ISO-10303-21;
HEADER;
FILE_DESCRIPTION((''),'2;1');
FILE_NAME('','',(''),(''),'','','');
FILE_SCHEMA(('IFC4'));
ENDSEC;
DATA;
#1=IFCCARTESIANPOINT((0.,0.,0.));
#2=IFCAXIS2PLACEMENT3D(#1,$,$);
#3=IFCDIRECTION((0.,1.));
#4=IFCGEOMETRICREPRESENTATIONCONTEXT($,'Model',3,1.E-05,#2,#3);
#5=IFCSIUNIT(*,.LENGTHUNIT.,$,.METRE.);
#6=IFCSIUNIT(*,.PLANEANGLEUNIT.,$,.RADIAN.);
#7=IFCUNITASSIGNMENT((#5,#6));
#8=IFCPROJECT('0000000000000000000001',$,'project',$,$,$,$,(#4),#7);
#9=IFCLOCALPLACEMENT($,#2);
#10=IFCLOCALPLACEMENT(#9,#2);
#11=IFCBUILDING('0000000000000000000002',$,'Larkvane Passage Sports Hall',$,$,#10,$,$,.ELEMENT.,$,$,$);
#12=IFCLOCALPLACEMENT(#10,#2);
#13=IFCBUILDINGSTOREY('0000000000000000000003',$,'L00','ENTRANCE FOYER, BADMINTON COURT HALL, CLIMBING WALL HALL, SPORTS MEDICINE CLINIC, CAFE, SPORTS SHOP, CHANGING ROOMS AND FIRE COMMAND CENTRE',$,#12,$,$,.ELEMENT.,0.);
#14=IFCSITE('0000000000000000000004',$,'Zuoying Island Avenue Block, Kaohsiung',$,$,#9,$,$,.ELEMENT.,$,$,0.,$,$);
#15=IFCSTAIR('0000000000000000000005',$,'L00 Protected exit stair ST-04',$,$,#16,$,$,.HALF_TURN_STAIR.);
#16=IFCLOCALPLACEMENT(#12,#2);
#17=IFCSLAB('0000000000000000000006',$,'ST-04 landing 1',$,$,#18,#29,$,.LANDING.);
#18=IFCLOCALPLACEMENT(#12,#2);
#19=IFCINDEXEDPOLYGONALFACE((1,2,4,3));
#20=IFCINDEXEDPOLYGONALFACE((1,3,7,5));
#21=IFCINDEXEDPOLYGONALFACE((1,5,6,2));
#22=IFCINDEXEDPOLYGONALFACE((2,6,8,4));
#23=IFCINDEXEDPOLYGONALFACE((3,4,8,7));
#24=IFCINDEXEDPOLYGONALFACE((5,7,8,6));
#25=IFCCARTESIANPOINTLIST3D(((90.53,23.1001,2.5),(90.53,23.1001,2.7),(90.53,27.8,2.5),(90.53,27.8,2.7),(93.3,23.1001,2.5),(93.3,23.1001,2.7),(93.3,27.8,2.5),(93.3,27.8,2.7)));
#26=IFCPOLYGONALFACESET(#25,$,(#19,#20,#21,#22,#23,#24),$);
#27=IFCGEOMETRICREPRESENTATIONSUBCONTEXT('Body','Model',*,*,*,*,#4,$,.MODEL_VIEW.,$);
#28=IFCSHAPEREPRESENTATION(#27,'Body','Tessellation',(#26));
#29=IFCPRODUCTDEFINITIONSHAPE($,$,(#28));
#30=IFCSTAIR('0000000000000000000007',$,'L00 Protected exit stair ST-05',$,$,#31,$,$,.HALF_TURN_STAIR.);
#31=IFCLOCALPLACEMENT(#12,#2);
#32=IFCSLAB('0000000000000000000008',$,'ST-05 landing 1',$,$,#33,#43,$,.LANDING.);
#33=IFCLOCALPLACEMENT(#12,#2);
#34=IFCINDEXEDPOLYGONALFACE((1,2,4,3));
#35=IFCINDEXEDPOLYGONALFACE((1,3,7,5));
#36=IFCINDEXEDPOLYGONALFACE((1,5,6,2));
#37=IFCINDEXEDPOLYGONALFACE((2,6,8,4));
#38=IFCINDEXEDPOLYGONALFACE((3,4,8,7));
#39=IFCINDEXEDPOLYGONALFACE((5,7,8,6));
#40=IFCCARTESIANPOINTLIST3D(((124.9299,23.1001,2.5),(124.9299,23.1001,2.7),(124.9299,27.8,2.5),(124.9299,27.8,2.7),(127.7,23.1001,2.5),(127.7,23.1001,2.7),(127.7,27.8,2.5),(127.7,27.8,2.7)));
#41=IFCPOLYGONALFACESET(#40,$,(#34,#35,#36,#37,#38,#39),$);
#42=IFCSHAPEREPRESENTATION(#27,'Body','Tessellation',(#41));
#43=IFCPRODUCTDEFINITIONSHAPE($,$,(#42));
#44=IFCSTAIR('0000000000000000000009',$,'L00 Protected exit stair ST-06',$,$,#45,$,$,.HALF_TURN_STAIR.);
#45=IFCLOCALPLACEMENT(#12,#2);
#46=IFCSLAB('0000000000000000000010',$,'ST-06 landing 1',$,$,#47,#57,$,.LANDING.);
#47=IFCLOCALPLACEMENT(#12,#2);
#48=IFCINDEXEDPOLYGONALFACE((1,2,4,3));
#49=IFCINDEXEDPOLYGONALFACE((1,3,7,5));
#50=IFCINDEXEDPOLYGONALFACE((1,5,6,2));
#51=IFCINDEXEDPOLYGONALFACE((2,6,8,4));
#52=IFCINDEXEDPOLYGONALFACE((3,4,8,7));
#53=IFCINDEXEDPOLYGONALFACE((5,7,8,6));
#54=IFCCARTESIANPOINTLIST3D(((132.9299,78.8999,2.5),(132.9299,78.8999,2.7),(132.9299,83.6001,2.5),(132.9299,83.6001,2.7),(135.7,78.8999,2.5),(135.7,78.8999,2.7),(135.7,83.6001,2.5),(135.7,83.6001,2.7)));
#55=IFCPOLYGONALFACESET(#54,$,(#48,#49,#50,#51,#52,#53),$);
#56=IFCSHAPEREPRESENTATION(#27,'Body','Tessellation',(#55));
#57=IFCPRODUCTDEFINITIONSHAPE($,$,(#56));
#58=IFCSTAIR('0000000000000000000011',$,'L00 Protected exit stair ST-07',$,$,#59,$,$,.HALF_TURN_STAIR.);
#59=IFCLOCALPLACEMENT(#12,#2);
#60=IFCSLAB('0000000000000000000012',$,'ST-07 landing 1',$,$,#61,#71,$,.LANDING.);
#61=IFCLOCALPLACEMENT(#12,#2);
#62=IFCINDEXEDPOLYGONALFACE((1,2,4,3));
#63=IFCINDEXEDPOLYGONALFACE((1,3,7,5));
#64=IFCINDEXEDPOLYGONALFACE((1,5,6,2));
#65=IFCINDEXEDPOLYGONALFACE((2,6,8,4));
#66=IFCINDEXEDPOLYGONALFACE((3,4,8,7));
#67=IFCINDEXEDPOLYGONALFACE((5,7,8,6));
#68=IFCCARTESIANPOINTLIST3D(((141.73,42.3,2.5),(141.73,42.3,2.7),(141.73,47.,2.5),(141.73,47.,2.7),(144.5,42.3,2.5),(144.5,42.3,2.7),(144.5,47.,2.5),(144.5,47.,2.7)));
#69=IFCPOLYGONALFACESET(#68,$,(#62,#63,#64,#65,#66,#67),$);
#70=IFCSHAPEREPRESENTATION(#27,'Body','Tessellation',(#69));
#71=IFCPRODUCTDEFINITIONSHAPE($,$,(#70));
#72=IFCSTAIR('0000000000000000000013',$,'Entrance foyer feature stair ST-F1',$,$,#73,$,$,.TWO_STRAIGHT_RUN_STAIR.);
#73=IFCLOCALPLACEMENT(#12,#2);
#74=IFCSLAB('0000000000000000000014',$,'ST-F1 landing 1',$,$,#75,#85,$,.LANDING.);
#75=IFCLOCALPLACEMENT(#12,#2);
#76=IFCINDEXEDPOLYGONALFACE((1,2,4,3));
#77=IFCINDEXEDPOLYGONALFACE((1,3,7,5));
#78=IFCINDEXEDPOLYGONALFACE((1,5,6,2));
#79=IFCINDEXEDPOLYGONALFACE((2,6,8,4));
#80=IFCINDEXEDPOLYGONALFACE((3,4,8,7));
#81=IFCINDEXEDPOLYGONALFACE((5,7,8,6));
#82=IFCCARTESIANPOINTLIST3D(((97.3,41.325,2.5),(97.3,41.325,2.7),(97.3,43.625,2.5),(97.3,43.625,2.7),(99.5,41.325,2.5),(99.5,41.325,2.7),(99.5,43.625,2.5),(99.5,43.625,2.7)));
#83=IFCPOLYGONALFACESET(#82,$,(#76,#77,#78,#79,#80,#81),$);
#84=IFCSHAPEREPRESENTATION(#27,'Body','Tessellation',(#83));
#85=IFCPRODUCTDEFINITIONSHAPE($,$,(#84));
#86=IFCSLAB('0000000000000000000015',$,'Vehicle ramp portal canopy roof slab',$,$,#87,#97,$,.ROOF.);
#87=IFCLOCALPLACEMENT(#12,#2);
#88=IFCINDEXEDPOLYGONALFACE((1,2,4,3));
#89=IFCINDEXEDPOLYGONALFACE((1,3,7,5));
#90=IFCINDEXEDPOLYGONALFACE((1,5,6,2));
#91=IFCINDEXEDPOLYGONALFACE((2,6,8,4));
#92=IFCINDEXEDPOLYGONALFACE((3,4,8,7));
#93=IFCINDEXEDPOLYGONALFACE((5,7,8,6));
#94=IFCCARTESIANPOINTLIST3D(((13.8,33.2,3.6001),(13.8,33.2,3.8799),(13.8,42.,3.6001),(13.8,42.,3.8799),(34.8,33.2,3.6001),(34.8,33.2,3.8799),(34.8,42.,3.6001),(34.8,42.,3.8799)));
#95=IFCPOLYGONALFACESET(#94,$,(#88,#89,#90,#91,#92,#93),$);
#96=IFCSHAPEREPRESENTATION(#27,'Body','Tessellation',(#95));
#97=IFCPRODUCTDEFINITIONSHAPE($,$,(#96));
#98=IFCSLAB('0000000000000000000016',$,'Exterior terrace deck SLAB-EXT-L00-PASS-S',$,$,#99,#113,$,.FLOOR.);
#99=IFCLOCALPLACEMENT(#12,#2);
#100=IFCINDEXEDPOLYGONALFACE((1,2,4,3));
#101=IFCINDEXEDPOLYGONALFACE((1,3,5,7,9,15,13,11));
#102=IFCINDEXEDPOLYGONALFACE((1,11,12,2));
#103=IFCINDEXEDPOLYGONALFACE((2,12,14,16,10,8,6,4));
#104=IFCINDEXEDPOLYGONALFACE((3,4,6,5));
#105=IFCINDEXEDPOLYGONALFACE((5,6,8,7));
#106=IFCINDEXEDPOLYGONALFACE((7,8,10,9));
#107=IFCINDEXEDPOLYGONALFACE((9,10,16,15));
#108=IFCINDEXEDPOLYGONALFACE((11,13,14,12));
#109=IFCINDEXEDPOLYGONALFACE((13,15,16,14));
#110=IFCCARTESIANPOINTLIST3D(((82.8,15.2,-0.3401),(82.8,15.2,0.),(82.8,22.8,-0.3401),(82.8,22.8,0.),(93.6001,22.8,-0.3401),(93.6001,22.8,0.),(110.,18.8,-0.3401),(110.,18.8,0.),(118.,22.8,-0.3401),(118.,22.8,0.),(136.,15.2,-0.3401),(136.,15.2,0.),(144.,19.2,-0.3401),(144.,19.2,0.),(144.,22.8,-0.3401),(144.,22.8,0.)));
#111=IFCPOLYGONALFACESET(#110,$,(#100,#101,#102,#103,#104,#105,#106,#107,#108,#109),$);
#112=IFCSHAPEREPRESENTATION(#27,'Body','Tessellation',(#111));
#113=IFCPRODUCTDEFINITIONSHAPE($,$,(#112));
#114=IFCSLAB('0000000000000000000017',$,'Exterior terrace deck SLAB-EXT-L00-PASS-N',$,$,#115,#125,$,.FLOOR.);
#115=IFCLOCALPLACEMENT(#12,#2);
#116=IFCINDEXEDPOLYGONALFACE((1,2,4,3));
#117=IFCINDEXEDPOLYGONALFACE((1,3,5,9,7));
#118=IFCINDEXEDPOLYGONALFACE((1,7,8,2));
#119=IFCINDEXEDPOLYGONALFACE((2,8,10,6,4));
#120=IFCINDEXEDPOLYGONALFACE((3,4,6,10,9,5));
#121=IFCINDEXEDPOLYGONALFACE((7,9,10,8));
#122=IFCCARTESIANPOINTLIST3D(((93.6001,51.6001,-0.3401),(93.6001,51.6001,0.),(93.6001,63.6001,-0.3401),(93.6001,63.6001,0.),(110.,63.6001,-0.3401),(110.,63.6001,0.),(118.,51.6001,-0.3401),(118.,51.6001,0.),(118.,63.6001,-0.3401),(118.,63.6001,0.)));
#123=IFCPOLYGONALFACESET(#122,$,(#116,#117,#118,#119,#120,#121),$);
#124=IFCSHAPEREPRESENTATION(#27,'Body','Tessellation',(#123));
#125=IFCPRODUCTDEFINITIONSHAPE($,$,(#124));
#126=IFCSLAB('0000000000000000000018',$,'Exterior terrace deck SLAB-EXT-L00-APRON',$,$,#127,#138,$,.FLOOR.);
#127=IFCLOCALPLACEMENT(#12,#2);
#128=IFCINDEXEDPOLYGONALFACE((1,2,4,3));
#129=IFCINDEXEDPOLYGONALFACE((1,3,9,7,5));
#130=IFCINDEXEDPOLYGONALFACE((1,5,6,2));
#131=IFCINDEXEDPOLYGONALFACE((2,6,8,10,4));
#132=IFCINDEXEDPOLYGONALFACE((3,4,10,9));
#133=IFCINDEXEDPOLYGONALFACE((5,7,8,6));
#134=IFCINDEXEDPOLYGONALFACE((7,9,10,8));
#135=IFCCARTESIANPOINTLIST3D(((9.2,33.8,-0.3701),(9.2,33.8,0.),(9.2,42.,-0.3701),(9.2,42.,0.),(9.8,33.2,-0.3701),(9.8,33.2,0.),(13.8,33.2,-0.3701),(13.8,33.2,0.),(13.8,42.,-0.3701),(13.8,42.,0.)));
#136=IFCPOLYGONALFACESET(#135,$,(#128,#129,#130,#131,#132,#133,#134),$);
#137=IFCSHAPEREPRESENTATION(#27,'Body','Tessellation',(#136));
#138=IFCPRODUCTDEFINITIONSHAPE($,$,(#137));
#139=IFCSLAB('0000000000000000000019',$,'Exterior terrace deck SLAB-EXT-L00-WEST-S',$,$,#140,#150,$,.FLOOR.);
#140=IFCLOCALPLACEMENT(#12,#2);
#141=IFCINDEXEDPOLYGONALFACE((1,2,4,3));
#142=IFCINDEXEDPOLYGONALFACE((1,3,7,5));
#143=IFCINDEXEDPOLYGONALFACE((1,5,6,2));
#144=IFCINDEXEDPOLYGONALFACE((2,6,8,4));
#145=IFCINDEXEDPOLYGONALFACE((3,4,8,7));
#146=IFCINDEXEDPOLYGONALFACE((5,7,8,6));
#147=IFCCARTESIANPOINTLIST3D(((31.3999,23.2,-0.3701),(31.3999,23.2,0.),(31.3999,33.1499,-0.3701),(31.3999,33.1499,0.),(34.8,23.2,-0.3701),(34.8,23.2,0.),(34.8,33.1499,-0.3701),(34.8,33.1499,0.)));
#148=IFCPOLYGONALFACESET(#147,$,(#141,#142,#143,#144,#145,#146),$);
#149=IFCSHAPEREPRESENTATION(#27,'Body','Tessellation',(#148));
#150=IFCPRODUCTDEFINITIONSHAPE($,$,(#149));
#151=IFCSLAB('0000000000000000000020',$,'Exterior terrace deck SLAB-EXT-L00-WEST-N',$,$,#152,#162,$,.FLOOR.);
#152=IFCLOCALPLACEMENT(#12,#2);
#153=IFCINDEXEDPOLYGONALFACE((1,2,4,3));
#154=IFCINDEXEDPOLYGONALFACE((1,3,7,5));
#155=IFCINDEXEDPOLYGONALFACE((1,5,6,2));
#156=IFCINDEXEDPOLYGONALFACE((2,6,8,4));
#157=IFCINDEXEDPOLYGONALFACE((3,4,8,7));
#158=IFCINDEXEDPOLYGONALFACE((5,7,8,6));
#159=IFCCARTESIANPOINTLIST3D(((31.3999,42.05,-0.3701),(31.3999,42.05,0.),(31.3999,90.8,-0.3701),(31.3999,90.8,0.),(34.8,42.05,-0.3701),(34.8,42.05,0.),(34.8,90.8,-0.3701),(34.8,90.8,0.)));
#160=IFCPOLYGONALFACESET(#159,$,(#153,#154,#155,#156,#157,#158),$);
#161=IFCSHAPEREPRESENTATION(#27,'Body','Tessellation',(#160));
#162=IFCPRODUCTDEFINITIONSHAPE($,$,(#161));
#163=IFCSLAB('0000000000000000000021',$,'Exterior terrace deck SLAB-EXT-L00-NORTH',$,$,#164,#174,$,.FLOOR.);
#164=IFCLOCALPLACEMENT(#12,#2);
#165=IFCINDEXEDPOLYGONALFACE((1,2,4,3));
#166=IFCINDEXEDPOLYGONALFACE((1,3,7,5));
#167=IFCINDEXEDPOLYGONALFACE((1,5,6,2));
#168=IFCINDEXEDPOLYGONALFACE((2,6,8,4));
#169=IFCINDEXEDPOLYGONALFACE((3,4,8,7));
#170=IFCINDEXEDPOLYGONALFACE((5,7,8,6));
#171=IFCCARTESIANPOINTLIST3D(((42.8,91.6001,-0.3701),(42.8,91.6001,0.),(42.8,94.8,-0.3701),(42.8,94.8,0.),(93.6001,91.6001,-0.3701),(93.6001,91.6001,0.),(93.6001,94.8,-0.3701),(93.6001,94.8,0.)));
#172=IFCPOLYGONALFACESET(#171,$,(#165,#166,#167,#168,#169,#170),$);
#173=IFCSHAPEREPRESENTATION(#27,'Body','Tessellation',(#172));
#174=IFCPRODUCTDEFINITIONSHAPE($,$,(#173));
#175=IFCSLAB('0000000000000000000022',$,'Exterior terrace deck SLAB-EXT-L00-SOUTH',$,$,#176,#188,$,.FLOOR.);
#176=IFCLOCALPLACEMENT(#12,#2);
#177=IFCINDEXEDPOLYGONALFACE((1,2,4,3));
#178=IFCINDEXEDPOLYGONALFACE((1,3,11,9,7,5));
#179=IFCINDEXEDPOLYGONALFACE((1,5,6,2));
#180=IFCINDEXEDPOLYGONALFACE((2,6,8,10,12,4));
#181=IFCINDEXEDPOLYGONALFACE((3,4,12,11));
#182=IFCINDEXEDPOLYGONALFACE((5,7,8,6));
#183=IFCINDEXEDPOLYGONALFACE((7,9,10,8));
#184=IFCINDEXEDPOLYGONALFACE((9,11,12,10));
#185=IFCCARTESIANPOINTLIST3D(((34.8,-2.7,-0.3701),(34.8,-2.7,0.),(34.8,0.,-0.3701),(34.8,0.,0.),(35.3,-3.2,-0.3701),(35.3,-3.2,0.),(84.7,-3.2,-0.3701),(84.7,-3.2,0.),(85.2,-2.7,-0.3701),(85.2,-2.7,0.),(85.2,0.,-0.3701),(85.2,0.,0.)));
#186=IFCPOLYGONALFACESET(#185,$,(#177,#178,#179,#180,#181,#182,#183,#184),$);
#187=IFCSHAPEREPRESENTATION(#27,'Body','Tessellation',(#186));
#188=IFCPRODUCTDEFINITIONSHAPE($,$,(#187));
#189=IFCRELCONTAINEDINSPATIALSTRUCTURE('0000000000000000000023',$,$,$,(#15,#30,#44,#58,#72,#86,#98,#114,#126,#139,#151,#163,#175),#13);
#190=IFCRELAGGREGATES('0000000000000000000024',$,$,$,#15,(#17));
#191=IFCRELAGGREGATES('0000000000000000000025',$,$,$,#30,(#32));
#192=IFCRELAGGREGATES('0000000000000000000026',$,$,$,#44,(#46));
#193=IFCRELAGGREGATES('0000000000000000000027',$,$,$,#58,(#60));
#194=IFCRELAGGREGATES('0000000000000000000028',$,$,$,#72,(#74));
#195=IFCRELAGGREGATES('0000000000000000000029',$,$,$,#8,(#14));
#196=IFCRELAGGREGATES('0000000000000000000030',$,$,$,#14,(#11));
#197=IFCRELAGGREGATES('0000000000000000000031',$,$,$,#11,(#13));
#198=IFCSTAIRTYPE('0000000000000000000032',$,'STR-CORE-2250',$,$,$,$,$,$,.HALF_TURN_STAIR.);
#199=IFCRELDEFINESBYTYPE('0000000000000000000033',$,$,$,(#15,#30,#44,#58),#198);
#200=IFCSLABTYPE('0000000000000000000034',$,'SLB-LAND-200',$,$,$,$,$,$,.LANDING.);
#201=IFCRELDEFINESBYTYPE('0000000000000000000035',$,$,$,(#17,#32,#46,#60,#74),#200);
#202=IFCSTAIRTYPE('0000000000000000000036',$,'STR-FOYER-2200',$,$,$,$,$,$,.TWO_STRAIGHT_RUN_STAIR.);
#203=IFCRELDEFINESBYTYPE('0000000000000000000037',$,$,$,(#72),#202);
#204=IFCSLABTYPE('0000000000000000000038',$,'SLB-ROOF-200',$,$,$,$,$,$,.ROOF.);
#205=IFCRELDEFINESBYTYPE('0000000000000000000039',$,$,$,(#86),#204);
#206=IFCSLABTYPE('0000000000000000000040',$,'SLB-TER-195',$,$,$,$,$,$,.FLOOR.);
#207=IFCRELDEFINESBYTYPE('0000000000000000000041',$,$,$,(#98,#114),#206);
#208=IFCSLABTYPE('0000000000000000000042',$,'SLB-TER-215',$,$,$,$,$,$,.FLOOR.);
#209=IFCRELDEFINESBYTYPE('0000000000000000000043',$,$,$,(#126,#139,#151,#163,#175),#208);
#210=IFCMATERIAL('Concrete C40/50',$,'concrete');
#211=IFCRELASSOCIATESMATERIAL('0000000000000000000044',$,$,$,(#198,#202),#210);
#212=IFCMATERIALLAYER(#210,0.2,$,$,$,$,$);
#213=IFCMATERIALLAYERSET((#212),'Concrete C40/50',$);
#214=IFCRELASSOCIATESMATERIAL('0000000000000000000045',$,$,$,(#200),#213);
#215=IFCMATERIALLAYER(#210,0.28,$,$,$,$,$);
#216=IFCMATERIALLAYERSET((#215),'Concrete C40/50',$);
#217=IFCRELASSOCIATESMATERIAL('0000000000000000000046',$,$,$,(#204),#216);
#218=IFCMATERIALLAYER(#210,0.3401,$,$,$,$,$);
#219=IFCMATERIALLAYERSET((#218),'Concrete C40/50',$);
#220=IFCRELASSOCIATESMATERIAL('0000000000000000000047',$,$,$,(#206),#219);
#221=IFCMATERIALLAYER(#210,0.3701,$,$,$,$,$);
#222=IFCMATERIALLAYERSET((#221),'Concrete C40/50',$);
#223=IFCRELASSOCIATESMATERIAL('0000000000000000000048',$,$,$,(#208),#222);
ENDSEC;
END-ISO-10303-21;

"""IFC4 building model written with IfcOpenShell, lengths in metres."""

from ifc_helpers import new_model, si_unit, direction, frame, origin, place, context, subcontext, project, spatial, polyline, outline, extrude, material, layer, layer_set, type_object, element, aggregate, save


model = new_model("IFC4")

# Units and contexts
model_context = context("Model", 3, precision=1e-05, world=origin(), true_north=direction((0.0, 1.0)))
body_context = subcontext(model_context, "Body", "Model", "MODEL_VIEW")
ifc_project = project(units=[si_unit("LENGTHUNIT", "METRE"), si_unit("PLANEANGLEUNIT", "RADIAN")], contexts=[model_context])

# Site, building, storey
site_placement = place(None, origin())
site = spatial("IfcSite", under=ifc_project, at=site_placement, Name="Zuoying Island Avenue Block, Kaohsiung", CompositionType="ELEMENT", RefElevation=0.0)
building_placement = place(site_placement, origin())
building = spatial("IfcBuilding", under=site, at=building_placement, Name="Larkvane Passage Sports Hall", CompositionType="ELEMENT")
storey_placement = place(building_placement, origin())
storey = spatial("IfcBuildingStorey", under=building, at=storey_placement, Name="L00", Description="ENTRANCE FOYER, BADMINTON COURT HALL, CLIMBING WALL HALL, SPORTS MEDICINE CLINIC, CAFE, SPORTS SHOP, CHANGING ROOMS AND FIRE COMMAND CENTRE", CompositionType="ELEMENT", Elevation=0.0)

# Shared definitions
ifc_material_1 = material(Name="Concrete C40/50", Category="concrete")

# Stairs, slabs
stair_type_1 = type_object("IfcStairType", Name="STR-CORE-2250", PredefinedType="HALF_TURN_STAIR", material=ifc_material_1)
ifc_layer_1 = layer(ifc_material_1, 0.2)
ifc_layer_set_1 = layer_set([ifc_layer_1], Name="Concrete C40/50")
slab_type_1 = type_object("IfcSlabType", Name="SLB-LAND-200", PredefinedType="LANDING", material=ifc_layer_set_1)
stair_1_placement = place(storey_placement, origin())
stair_1 = element("IfcStair", 1, at=stair_1_placement, inside=storey, type_object=stair_type_1, Name="L00 Protected exit stair ST-04", PredefinedType="HALF_TURN_STAIR")
slab_1_placement = place(storey_placement, frame((0.0, 0.0, 2.5)))
slab_1 = element("IfcSlab", 2, at=slab_1_placement, type_object=slab_type_1, Name="ST-04 landing 1", PredefinedType="LANDING", context=body_context, shape_type="SweptSolid", body=[
    extrude(outline(polyline([(90.53, 23.1001), (93.3, 23.1001), (93.3, 27.8), (90.53, 27.8), (90.53, 23.1001)])), origin(), (0.0, 0.0, 1.0), 0.2),
])
aggregate(stair_1, [slab_1])
stair_2_placement = place(storey_placement, origin())
stair_2 = element("IfcStair", 3, at=stair_2_placement, inside=storey, type_object=stair_type_1, Name="L00 Protected exit stair ST-05", PredefinedType="HALF_TURN_STAIR")
slab_2_placement = place(storey_placement, frame((0.0, 0.0, 2.5)))
slab_2 = element("IfcSlab", 4, at=slab_2_placement, type_object=slab_type_1, Name="ST-05 landing 1", PredefinedType="LANDING", context=body_context, shape_type="SweptSolid", body=[
    extrude(outline(polyline([(124.9299, 23.1001), (127.7, 23.1001), (127.7, 27.8), (124.9299, 27.8), (124.9299, 23.1001)])), origin(), (0.0, 0.0, 1.0), 0.2),
])
aggregate(stair_2, [slab_2])
stair_3_placement = place(storey_placement, origin())
stair_3 = element("IfcStair", 5, at=stair_3_placement, inside=storey, type_object=stair_type_1, Name="L00 Protected exit stair ST-06", PredefinedType="HALF_TURN_STAIR")
slab_3_placement = place(storey_placement, frame((0.0, 0.0, 2.5)))
slab_3 = element("IfcSlab", 6, at=slab_3_placement, type_object=slab_type_1, Name="ST-06 landing 1", PredefinedType="LANDING", context=body_context, shape_type="SweptSolid", body=[
    extrude(outline(polyline([(132.9299, 78.8999), (135.7, 78.8999), (135.7, 83.6001), (132.9299, 83.6001), (132.9299, 78.8999)])), origin(), (0.0, 0.0, 1.0), 0.2),
])
aggregate(stair_3, [slab_3])
stair_4_placement = place(storey_placement, origin())
stair_4 = element("IfcStair", 7, at=stair_4_placement, inside=storey, type_object=stair_type_1, Name="L00 Protected exit stair ST-07", PredefinedType="HALF_TURN_STAIR")
slab_4_placement = place(storey_placement, frame((0.0, 0.0, 2.5)))
slab_4 = element("IfcSlab", 8, at=slab_4_placement, type_object=slab_type_1, Name="ST-07 landing 1", PredefinedType="LANDING", context=body_context, shape_type="SweptSolid", body=[
    extrude(outline(polyline([(141.73, 42.3), (144.5, 42.3), (144.5, 47.0), (141.73, 47.0), (141.73, 42.3)])), origin(), (0.0, 0.0, 1.0), 0.2),
])
aggregate(stair_4, [slab_4])
stair_type_2 = type_object("IfcStairType", Name="STR-FOYER-2200", PredefinedType="TWO_STRAIGHT_RUN_STAIR", material=ifc_material_1)
stair_5_placement = place(storey_placement, origin())
stair_5 = element("IfcStair", 9, at=stair_5_placement, inside=storey, type_object=stair_type_2, Name="Entrance foyer feature stair ST-F1", PredefinedType="TWO_STRAIGHT_RUN_STAIR")
slab_5_placement = place(storey_placement, frame((0.0, 0.0, 2.5)))
slab_5 = element("IfcSlab", 10, at=slab_5_placement, type_object=slab_type_1, Name="ST-F1 landing 1", PredefinedType="LANDING", context=body_context, shape_type="SweptSolid", body=[
    extrude(outline(polyline([(97.3, 41.325), (99.5, 41.325), (99.5, 43.625), (97.3, 43.625), (97.3, 41.325)])), origin(), (0.0, 0.0, 1.0), 0.2),
])
aggregate(stair_5, [slab_5])

# Slabs
ifc_layer_2 = layer(ifc_material_1, 0.28)
ifc_layer_set_2 = layer_set([ifc_layer_2], Name="Concrete C40/50")
slab_type_2 = type_object("IfcSlabType", Name="SLB-ROOF-200", PredefinedType="ROOF", material=ifc_layer_set_2)
slab_6_placement = place(storey_placement, frame((0.0, 0.0, 3.6001)))
element("IfcSlab", 11, at=slab_6_placement, inside=storey, type_object=slab_type_2, Name="Vehicle ramp portal canopy roof slab", PredefinedType="ROOF", context=body_context, shape_type="SweptSolid", body=[
    extrude(outline(polyline([(13.8, 33.2), (34.8, 33.2), (34.8, 42.0), (13.8, 42.0), (13.8, 33.2)])), origin(), (0.0, 0.0, 1.0), 0.2798),
])
ifc_layer_3 = layer(ifc_material_1, 0.3401)
ifc_layer_set_3 = layer_set([ifc_layer_3], Name="Concrete C40/50")
slab_type_3 = type_object("IfcSlabType", Name="SLB-TER-195", PredefinedType="FLOOR", material=ifc_layer_set_3)
slab_7_placement = place(storey_placement, frame((0.0, 0.0, -0.3401)))
element("IfcSlab", 12, at=slab_7_placement, inside=storey, type_object=slab_type_3, Name="Exterior terrace deck SLAB-EXT-L00-PASS-S", PredefinedType="FLOOR", context=body_context, shape_type="SweptSolid", body=[
    extrude(outline(polyline([(82.8, 15.2), (136.0, 15.2), (144.0, 19.2), (144.0, 22.8), (118.0, 22.8), (110.0, 18.8), (93.6001, 22.8), (82.8, 22.8), (82.8, 15.2)])), origin(), (0.0, 0.0, 1.0), 0.3401),
])
slab_8_placement = place(storey_placement, frame((0.0, 0.0, -0.3401)))
element("IfcSlab", 13, at=slab_8_placement, inside=storey, type_object=slab_type_3, Name="Exterior terrace deck SLAB-EXT-L00-PASS-N", PredefinedType="FLOOR", context=body_context, shape_type="SweptSolid", body=[
    extrude(outline(polyline([(93.6001, 51.6001), (118.0, 51.6001), (118.0, 63.6001), (110.0, 63.6001), (93.6001, 63.6001), (93.6001, 51.6001)])), origin(), (0.0, 0.0, 1.0), 0.3401),
])
ifc_layer_4 = layer(ifc_material_1, 0.3701)
ifc_layer_set_4 = layer_set([ifc_layer_4], Name="Concrete C40/50")
slab_type_4 = type_object("IfcSlabType", Name="SLB-TER-215", PredefinedType="FLOOR", material=ifc_layer_set_4)
slab_9_placement = place(storey_placement, frame((0.0, 0.0, -0.3701)))
element("IfcSlab", 14, at=slab_9_placement, inside=storey, type_object=slab_type_4, Name="Exterior terrace deck SLAB-EXT-L00-APRON", PredefinedType="FLOOR", context=body_context, shape_type="SweptSolid", body=[
    extrude(outline(polyline([(9.2, 33.8), (9.8, 33.2), (13.8, 33.2), (13.8, 42.0), (9.2, 42.0), (9.2, 33.8)])), origin(), (0.0, 0.0, 1.0), 0.3701),
])
slab_10_placement = place(storey_placement, frame((0.0, 0.0, -0.3701)))
element("IfcSlab", 15, at=slab_10_placement, inside=storey, type_object=slab_type_4, Name="Exterior terrace deck SLAB-EXT-L00-WEST-S", PredefinedType="FLOOR", context=body_context, shape_type="SweptSolid", body=[
    extrude(outline(polyline([(31.3999, 23.2), (34.8, 23.2), (34.8, 33.1499), (31.3999, 33.1499), (31.3999, 23.2)])), origin(), (0.0, 0.0, 1.0), 0.3701),
])
slab_11_placement = place(storey_placement, frame((0.0, 0.0, -0.3701)))
element("IfcSlab", 16, at=slab_11_placement, inside=storey, type_object=slab_type_4, Name="Exterior terrace deck SLAB-EXT-L00-WEST-N", PredefinedType="FLOOR", context=body_context, shape_type="SweptSolid", body=[
    extrude(outline(polyline([(31.3999, 42.05), (34.8, 42.05), (34.8, 90.8), (31.3999, 90.8), (31.3999, 42.05)])), origin(), (0.0, 0.0, 1.0), 0.3701),
])
slab_12_placement = place(storey_placement, frame((0.0, 0.0, -0.3701)))
element("IfcSlab", 17, at=slab_12_placement, inside=storey, type_object=slab_type_4, Name="Exterior terrace deck SLAB-EXT-L00-NORTH", PredefinedType="FLOOR", context=body_context, shape_type="SweptSolid", body=[
    extrude(outline(polyline([(42.8, 91.6001), (93.6001, 91.6001), (93.6001, 94.8), (42.8, 94.8), (42.8, 91.6001)])), origin(), (0.0, 0.0, 1.0), 0.3701),
])
slab_13_placement = place(storey_placement, frame((0.0, 0.0, -0.3701)))
element("IfcSlab", 18, at=slab_13_placement, inside=storey, type_object=slab_type_4, Name="Exterior terrace deck SLAB-EXT-L00-SOUTH", PredefinedType="FLOOR", context=body_context, shape_type="SweptSolid", body=[
    extrude(outline(polyline([(34.8, -2.7), (35.3, -3.2), (84.7, -3.2), (85.2, -2.7), (85.2, 0.0), (34.8, 0.0), (34.8, -2.7)])), origin(), (0.0, 0.0, 1.0), 0.3701),
])

save(model, "model.ifc")
